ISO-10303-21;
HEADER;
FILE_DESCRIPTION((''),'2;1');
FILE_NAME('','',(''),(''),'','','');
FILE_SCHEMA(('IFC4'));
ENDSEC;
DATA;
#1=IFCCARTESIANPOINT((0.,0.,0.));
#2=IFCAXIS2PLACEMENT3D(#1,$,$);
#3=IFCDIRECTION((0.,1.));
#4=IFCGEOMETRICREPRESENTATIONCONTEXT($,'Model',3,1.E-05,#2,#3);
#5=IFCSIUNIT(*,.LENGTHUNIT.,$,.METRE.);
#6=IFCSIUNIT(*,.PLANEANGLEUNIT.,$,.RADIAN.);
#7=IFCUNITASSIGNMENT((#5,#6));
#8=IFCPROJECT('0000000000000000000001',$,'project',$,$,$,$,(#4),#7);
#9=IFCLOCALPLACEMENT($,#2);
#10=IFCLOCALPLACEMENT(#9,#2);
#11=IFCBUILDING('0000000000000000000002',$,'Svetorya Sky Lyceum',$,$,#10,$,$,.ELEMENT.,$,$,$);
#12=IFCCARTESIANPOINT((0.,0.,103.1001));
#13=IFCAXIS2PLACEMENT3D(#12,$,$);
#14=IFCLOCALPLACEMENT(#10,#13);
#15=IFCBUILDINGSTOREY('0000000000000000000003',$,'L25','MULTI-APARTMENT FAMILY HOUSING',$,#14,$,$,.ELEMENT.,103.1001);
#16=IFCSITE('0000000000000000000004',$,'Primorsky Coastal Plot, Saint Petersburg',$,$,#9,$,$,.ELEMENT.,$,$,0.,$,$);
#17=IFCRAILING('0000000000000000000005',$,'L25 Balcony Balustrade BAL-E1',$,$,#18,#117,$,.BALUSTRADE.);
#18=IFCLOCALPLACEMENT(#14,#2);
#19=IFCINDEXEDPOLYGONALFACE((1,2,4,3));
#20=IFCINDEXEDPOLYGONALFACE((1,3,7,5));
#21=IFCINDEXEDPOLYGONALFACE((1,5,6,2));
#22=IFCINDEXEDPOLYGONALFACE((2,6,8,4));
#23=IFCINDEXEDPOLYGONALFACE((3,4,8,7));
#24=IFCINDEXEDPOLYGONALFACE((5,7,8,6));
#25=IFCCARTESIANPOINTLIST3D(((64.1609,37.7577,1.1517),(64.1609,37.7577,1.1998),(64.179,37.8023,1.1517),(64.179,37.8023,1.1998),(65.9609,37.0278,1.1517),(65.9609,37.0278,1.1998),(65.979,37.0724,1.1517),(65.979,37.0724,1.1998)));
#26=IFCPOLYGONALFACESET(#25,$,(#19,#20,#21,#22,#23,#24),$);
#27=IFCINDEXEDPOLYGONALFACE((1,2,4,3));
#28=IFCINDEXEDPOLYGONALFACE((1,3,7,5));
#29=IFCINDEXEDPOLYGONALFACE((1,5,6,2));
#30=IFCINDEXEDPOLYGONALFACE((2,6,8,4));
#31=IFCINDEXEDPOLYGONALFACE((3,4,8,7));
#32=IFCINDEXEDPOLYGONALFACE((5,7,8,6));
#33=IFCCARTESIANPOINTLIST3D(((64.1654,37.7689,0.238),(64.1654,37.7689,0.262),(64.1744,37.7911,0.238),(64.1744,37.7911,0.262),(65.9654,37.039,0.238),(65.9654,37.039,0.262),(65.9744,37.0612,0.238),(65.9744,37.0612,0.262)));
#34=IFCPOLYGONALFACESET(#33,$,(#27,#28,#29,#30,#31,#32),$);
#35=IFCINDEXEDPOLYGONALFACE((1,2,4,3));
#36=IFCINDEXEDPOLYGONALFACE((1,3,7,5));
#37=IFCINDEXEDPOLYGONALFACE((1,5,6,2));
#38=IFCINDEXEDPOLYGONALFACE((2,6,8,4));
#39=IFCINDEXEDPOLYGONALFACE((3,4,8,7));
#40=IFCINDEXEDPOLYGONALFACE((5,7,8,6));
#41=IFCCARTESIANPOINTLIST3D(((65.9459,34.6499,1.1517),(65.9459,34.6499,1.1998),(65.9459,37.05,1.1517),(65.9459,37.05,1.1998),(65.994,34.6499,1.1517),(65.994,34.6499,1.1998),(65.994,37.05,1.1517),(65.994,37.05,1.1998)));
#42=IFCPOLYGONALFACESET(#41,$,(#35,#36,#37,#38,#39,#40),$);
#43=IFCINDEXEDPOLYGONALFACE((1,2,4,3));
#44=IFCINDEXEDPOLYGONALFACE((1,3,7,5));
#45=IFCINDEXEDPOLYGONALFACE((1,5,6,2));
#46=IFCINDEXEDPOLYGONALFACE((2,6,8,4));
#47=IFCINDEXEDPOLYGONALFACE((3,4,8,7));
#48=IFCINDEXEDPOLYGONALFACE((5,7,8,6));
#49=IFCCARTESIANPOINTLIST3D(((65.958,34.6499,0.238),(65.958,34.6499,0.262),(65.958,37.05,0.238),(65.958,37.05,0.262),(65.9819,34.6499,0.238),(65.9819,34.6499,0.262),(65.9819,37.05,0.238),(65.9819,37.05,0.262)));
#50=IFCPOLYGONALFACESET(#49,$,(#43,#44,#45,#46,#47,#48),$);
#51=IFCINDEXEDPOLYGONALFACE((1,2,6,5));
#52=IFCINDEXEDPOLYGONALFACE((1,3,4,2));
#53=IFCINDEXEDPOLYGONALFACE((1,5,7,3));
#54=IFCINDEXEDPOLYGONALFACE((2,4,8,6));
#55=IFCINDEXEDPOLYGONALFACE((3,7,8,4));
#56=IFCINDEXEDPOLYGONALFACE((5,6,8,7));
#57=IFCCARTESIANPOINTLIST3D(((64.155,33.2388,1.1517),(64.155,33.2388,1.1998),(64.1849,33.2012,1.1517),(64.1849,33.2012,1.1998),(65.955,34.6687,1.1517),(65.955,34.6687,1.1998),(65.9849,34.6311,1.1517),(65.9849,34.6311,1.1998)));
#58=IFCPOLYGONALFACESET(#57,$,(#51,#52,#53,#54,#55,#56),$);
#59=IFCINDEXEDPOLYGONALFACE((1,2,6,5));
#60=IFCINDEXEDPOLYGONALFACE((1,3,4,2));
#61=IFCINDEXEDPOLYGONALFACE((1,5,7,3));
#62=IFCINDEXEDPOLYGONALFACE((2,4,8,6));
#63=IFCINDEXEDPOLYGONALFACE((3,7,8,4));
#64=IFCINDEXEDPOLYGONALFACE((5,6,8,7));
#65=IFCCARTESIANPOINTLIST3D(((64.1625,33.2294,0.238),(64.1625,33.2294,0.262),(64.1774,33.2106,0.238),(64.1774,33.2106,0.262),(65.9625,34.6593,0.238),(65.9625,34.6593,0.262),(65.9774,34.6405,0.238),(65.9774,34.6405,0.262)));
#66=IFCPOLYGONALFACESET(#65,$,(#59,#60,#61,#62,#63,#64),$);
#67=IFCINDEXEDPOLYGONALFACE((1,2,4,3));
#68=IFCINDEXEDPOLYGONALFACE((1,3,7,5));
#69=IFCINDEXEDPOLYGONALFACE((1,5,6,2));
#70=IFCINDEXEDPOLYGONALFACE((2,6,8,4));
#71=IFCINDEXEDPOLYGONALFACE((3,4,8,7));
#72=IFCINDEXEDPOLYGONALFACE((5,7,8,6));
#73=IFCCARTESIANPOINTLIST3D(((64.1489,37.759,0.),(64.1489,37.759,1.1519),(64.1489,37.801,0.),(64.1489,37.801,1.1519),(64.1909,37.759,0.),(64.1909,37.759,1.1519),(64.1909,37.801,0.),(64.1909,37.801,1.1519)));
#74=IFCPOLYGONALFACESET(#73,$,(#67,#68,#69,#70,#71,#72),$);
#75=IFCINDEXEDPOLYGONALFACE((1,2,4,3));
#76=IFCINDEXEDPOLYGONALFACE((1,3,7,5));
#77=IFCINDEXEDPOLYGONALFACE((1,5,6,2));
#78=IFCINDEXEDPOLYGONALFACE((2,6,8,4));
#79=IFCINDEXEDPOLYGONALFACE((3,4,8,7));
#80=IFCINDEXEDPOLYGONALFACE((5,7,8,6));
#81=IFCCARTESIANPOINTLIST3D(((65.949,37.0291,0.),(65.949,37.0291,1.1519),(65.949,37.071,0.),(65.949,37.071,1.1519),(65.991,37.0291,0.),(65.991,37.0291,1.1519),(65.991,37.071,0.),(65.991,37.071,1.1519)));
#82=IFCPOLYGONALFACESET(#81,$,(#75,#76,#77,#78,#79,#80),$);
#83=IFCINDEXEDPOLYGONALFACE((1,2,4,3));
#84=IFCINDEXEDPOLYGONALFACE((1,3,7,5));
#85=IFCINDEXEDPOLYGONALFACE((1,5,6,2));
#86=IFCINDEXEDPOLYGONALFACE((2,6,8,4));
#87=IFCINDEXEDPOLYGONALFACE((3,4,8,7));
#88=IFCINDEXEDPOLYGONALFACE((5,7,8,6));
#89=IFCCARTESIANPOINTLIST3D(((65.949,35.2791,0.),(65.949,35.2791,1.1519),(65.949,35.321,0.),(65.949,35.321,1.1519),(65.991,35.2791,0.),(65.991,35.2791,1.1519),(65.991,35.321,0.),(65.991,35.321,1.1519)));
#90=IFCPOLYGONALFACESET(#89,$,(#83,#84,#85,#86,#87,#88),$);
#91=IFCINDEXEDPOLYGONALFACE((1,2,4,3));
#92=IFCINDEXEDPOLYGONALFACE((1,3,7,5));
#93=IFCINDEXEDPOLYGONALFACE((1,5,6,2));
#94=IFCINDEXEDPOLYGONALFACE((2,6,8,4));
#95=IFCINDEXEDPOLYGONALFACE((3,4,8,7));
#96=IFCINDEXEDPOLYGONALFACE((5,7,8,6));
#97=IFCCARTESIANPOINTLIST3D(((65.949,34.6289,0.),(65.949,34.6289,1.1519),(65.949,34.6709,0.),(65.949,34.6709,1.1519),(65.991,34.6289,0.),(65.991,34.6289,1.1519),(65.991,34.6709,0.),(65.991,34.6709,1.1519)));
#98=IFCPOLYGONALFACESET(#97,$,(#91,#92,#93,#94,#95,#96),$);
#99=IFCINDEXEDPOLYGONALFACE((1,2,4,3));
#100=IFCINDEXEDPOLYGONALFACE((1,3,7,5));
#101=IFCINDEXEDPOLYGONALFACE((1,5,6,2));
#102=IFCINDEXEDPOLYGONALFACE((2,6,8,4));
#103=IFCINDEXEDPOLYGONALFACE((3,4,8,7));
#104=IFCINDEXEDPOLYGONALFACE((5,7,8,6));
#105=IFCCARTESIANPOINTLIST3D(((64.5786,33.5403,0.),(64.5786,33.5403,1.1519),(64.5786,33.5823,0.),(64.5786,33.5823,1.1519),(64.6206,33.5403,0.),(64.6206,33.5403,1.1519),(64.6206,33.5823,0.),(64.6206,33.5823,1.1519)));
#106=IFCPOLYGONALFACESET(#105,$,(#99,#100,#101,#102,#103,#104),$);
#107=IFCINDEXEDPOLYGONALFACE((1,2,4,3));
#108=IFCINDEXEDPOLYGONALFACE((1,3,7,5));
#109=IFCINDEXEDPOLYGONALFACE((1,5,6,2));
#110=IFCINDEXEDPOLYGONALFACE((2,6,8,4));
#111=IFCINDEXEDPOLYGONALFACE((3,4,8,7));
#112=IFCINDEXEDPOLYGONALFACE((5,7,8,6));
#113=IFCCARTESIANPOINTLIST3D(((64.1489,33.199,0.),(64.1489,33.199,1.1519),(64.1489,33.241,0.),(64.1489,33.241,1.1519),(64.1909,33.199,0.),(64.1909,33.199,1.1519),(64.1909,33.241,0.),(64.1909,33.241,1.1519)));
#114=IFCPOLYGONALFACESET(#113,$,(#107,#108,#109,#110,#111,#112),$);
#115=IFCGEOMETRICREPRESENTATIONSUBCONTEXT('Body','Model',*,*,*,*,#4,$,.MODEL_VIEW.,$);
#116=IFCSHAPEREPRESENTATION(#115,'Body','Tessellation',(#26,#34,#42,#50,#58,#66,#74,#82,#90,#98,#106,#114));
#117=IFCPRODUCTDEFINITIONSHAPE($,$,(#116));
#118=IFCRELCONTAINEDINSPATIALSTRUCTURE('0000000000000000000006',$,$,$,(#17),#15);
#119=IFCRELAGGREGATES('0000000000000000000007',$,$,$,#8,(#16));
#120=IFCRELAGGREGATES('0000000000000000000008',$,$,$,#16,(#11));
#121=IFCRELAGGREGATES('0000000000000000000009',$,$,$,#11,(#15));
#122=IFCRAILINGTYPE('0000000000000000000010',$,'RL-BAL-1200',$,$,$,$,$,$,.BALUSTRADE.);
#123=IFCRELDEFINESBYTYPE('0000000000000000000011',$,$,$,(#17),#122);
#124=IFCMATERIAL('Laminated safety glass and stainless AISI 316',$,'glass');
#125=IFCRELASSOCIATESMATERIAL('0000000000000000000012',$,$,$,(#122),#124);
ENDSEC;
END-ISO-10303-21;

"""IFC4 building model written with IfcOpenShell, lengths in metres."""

from ifc_helpers import new_model, si_unit, direction, frame, origin, origin_2d, place, context, subcontext, project, spatial, rectangle, extrude, material, type_object, element, save


model = new_model("IFC4")

# Units and contexts
model_context = context("Model", 3, precision=1e-05, world=origin(), true_north=direction((0.0, 1.0)))
body_context = subcontext(model_context, "Body", "Model", "MODEL_VIEW")
ifc_project = project(units=[si_unit("LENGTHUNIT", "METRE"), si_unit("PLANEANGLEUNIT", "RADIAN")], contexts=[model_context])

# Site, building, storey
site_placement = place(None, origin())
site = spatial("IfcSite", under=ifc_project, at=site_placement, Name="Primorsky Coastal Plot, Saint Petersburg", CompositionType="ELEMENT", RefElevation=0.0)
building_placement = place(site_placement, origin())
building = spatial("IfcBuilding", under=site, at=building_placement, Name="Svetorya Sky Lyceum", CompositionType="ELEMENT")
storey_placement = place(building_placement, frame((0.0, 0.0, 103.1001)))
storey = spatial("IfcBuildingStorey", under=building, at=storey_placement, Name="L25", Description="MULTI-APARTMENT FAMILY HOUSING", CompositionType="ELEMENT", Elevation=103.1001)

# Railing
ifc_material_1 = material(Name="Laminated safety glass and stainless AISI 316", Category="glass")
railing_type = type_object("IfcRailingType", Name="RL-BAL-1200", PredefinedType="BALUSTRADE", material=ifc_material_1)
railing_placement = place(storey_placement, frame((64.1699, 37.78, 0.0)))
element("IfcRailing", 1, at=railing_placement, inside=storey, type_object=railing_type, Name="L25 Balcony Balustrade BAL-E1", PredefinedType="BALUSTRADE", context=body_context, shape_type="SweptSolid", body=[
    extrude(rectangle(XDim=0.0481, YDim=0.0481, at=origin_2d()), frame((0.0, 0.0, 1.1758), z_axis=(0.926698, -0.375807, 0.0), x_axis=(0.375807, 0.926698, 0.0)), (0.0, 0.0, 1.0), 1.9424),
    extrude(rectangle(XDim=0.0239, YDim=0.0239, at=origin_2d()), frame((0.0, 0.0, 0.25), z_axis=(0.926698, -0.375807, 0.0), x_axis=(0.375807, 0.926698, 0.0)), (0.0, 0.0, 1.0), 1.9424),
    extrude(rectangle(XDim=0.0481, YDim=0.0481, at=origin_2d()), frame((1.8, -0.73, 1.1758), z_axis=(0.0, -1.0, 0.0), x_axis=(1.0, 0.0, 0.0)), (0.0, 0.0, 1.0), 2.4001),
    extrude(rectangle(XDim=0.0239, YDim=0.0239, at=origin_2d()), frame((1.8, -0.73, 0.25), z_axis=(0.0, -1.0, 0.0), x_axis=(1.0, 0.0, 0.0)), (0.0, 0.0, 1.0), 2.4001),
    extrude(rectangle(XDim=0.0481, YDim=0.0481, at=origin_2d()), frame((1.8, -3.1301, 1.1758), z_axis=(-0.783009, -0.62201, 0.0), x_axis=(0.62201, -0.783009, 0.0)), (0.0, 0.0, 1.0), 2.2988),
    extrude(rectangle(XDim=0.0239, YDim=0.0239, at=origin_2d()), frame((1.8, -3.1301, 0.25), z_axis=(-0.783009, -0.62201, 0.0), x_axis=(0.62201, -0.783009, 0.0)), (0.0, 0.0, 1.0), 2.2988),
    extrude(rectangle(XDim=0.042, YDim=0.042, at=origin_2d()), origin(), (0.0, 0.0, 1.0), 1.1519),
    extrude(rectangle(XDim=0.042, YDim=0.042, at=origin_2d()), frame((1.8, -0.73, 0.0)), (0.0, 0.0, 1.0), 1.1519),
    extrude(rectangle(XDim=0.042, YDim=0.042, at=origin_2d()), frame((1.8, -2.48, 0.0)), (0.0, 0.0, 1.0), 1.1519),
    extrude(rectangle(XDim=0.042, YDim=0.042, at=origin_2d()), frame((1.8, -3.1301, 0.0)), (0.0, 0.0, 1.0), 1.1519),
    extrude(rectangle(XDim=0.042, YDim=0.042, at=origin_2d()), frame((0.4297, -4.2188, 0.0)), (0.0, 0.0, 1.0), 1.1519),
    extrude(rectangle(XDim=0.042, YDim=0.042, at=origin_2d()), frame((0.0, -4.5601, 0.0)), (0.0, 0.0, 1.0), 1.1519),
])

save(model, "model.ifc")
